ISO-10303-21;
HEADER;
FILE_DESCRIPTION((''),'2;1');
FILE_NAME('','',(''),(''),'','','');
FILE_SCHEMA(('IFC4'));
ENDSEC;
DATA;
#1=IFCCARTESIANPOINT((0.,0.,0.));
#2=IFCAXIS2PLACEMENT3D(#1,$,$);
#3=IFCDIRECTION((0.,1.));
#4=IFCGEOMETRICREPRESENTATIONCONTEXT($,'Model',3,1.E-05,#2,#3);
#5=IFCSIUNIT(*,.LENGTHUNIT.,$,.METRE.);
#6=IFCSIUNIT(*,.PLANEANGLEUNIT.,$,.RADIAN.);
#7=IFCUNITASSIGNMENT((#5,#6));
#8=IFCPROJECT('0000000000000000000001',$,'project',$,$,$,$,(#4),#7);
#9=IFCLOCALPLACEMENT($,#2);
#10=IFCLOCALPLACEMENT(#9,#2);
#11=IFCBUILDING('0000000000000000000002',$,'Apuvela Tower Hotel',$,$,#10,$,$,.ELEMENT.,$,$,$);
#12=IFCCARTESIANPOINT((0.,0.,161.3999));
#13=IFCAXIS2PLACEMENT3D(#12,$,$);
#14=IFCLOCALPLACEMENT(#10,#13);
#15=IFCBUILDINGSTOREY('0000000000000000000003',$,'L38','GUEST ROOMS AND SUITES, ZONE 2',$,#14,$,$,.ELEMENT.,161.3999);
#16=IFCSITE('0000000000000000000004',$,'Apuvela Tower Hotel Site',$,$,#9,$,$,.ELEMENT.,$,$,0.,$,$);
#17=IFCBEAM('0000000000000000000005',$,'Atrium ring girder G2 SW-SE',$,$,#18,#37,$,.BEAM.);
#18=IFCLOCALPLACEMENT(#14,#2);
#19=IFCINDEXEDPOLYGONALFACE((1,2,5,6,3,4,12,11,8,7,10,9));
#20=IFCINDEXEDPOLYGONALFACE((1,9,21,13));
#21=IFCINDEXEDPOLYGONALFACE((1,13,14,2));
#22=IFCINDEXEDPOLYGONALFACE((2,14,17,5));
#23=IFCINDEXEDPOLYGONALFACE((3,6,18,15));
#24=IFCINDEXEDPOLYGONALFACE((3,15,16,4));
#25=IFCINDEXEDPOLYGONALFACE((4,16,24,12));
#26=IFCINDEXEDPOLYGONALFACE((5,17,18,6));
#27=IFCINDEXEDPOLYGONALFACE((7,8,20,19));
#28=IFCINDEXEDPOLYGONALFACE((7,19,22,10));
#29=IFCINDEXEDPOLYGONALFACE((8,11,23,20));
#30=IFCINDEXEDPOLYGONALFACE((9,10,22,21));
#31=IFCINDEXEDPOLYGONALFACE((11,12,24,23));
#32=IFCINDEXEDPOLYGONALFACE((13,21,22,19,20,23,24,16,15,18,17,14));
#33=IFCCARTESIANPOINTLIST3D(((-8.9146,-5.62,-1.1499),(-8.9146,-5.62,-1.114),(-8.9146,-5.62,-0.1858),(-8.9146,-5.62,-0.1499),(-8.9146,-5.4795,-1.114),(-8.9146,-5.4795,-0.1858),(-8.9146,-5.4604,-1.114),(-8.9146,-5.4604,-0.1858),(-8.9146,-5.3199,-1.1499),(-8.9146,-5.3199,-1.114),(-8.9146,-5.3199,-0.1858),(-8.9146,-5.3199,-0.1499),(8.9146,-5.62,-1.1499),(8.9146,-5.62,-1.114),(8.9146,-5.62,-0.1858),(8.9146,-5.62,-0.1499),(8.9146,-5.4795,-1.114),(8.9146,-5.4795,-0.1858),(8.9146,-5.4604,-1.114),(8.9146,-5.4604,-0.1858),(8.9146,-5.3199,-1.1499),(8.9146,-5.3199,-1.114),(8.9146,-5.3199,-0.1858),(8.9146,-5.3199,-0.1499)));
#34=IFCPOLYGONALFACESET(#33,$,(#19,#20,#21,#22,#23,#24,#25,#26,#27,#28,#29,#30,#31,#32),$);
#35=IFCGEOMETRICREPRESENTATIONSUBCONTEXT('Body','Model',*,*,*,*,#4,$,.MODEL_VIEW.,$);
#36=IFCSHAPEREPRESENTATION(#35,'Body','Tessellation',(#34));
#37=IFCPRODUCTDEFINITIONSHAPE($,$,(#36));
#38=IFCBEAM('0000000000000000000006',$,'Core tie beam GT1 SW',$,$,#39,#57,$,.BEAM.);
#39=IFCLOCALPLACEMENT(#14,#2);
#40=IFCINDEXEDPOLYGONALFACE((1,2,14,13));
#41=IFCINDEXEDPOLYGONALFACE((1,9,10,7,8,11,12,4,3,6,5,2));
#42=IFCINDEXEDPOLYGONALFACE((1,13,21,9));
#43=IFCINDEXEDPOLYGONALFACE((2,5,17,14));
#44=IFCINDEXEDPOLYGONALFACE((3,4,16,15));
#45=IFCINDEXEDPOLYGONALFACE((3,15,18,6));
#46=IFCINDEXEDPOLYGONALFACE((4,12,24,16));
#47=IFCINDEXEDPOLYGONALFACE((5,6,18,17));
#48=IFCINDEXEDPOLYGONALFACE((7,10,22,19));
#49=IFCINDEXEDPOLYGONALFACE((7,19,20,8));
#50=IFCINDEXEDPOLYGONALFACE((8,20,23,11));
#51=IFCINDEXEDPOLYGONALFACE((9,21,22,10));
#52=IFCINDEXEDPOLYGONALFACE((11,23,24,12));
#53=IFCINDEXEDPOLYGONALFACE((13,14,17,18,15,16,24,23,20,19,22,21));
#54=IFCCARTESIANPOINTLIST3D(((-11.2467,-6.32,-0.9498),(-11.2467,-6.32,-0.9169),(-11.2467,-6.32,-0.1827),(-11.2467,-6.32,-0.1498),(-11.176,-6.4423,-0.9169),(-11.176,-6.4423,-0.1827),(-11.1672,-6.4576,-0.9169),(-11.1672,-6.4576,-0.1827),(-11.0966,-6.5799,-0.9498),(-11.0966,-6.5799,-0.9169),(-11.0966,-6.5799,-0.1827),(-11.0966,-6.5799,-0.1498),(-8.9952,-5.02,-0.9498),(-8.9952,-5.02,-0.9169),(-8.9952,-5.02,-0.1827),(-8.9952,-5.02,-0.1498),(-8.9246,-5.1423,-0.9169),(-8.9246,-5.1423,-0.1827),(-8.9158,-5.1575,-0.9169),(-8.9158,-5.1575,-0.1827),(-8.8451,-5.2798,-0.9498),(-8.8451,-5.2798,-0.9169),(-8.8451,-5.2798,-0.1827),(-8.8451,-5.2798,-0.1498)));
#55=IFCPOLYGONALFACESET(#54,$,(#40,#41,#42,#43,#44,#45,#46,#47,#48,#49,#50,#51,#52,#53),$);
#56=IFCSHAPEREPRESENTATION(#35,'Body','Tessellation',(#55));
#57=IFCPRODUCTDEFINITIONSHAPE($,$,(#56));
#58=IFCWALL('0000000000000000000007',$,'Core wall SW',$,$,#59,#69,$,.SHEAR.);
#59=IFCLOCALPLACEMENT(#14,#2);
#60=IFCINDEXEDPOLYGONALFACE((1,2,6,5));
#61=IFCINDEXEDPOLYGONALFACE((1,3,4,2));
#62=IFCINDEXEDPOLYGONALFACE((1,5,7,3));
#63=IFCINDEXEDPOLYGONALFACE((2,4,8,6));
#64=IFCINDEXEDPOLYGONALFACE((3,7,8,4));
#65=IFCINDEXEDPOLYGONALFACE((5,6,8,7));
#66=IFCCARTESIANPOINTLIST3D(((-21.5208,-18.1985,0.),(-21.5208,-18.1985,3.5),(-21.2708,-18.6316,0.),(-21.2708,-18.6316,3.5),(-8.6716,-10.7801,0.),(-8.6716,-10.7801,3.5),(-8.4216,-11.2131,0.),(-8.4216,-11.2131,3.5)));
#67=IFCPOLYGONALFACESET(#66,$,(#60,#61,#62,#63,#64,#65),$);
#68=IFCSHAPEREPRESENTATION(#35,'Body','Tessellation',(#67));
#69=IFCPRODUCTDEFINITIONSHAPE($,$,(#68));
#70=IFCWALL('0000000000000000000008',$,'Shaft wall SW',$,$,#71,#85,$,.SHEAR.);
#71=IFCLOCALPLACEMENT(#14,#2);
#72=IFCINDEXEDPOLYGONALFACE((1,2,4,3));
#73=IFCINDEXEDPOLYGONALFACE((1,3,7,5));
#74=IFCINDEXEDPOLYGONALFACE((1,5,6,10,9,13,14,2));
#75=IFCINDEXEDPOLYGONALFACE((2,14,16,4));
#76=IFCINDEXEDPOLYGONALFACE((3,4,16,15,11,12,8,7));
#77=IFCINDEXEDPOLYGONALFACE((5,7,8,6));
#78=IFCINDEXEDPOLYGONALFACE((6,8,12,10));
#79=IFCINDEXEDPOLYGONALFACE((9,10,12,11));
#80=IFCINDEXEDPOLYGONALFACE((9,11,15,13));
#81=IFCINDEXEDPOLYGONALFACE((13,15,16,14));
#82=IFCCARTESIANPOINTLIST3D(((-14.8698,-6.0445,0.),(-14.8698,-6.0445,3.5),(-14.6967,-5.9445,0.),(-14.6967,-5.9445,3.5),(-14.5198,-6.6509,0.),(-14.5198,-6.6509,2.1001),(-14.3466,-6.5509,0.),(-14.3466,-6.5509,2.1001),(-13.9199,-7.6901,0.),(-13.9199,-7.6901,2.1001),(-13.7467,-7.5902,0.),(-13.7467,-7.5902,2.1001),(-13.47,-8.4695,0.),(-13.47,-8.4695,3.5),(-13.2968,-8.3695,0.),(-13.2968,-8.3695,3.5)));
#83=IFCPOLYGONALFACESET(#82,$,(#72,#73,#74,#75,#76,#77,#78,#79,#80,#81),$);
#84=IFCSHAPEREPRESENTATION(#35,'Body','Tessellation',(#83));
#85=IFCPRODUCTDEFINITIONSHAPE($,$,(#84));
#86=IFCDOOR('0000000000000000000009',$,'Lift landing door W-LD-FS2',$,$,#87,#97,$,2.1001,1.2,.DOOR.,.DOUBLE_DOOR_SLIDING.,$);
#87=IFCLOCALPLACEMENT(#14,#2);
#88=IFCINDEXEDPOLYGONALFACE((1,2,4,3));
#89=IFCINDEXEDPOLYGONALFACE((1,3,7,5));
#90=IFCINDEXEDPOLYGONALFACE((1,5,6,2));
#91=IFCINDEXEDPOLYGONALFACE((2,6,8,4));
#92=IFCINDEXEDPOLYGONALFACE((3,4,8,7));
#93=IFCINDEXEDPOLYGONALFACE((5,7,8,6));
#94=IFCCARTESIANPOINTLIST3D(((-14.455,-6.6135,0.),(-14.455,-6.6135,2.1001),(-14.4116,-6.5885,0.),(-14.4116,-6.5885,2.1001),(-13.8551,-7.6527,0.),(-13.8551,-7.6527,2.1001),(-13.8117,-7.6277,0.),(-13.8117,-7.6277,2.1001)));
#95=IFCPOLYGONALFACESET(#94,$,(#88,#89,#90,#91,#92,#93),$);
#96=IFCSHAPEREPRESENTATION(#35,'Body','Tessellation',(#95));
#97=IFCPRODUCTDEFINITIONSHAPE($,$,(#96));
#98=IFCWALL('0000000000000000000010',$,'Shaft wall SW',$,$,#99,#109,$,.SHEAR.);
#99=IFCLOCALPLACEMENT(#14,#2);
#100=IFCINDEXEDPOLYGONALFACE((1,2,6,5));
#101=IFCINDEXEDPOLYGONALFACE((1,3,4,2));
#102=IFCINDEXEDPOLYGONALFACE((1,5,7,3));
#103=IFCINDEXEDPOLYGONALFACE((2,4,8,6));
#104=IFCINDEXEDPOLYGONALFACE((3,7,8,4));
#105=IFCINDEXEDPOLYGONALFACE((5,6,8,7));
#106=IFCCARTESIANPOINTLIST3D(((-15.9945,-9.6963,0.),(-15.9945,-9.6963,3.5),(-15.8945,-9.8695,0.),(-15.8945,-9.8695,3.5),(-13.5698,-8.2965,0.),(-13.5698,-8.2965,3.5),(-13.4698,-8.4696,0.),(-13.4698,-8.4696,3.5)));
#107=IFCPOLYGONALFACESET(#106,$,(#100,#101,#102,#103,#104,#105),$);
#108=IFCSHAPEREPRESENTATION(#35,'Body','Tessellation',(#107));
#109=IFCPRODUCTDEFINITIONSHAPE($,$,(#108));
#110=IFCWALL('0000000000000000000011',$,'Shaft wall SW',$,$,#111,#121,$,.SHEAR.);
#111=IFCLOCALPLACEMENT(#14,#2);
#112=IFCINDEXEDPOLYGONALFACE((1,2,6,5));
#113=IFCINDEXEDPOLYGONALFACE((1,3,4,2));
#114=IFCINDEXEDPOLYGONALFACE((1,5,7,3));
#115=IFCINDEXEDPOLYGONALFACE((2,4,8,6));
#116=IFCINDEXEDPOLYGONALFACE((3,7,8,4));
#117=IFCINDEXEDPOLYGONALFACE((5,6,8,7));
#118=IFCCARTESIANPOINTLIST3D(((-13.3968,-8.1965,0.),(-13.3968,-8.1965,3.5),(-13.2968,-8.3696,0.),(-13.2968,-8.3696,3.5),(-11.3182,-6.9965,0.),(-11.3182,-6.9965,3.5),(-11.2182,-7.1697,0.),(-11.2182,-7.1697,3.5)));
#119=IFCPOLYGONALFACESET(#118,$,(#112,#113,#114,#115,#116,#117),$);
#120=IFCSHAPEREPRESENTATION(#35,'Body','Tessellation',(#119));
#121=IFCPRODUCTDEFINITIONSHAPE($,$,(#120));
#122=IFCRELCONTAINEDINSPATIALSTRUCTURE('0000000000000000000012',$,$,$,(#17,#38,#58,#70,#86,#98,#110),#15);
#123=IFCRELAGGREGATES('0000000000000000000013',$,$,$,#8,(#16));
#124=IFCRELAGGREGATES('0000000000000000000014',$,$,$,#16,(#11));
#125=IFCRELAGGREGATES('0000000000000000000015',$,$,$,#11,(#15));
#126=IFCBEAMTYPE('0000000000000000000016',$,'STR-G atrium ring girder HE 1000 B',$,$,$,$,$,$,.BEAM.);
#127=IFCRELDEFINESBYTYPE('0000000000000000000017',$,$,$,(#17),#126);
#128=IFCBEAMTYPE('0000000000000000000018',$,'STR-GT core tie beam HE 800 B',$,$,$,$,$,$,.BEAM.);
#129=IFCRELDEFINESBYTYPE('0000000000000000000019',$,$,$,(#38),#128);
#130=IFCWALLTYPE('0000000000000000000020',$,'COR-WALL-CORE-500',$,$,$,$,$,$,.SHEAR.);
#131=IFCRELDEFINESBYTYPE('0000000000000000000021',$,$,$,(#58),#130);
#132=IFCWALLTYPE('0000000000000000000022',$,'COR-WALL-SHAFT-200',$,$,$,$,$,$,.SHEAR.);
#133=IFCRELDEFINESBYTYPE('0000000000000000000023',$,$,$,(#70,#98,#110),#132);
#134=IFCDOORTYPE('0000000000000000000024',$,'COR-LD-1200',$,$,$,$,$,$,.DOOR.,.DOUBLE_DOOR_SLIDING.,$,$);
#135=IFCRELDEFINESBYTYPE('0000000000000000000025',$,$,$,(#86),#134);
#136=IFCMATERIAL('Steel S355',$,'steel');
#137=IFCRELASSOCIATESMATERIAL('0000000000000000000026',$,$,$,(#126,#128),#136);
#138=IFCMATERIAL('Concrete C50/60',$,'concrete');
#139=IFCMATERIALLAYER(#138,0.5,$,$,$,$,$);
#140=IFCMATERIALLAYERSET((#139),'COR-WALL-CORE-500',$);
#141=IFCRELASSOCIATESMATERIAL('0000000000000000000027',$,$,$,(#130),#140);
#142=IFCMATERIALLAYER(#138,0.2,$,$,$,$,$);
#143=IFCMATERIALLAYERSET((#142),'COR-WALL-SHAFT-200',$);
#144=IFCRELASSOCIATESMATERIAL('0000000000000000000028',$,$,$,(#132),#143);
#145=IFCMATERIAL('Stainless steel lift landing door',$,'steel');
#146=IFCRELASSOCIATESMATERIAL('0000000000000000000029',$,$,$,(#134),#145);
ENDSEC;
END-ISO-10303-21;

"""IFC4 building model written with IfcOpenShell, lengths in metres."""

from ifc_helpers import new_model, si_unit, direction, frame, frame_2d, origin, origin_2d, place, context, subcontext, project, spatial, rectangle, i_section, extrude, material, layer, layer_set, material_profile, profile_set, type_object, element, fill, save


model = new_model("IFC4")

# Units and contexts
model_context = context("Model", 3, precision=1e-05, world=origin(), true_north=direction((0.0, 1.0)))
body_context = subcontext(model_context, "Body", "Model", "MODEL_VIEW")
ifc_project = project(units=[si_unit("LENGTHUNIT", "METRE"), si_unit("PLANEANGLEUNIT", "RADIAN")], contexts=[model_context])

# Site, building, storey
site_placement = place(None, origin())
site = spatial("IfcSite", under=ifc_project, at=site_placement, Name="Apuvela Tower Hotel Site", CompositionType="ELEMENT", RefElevation=0.0)
building_placement = place(site_placement, origin())
building = spatial("IfcBuilding", under=site, at=building_placement, Name="Apuvela Tower Hotel", CompositionType="ELEMENT")
storey_placement = place(building_placement, frame((0.0, 0.0, 161.3999)))
storey = spatial("IfcBuildingStorey", under=building, at=storey_placement, Name="L38", Description="GUEST ROOMS AND SUITES, ZONE 2", CompositionType="ELEMENT", Elevation=161.3999)

# Beams
ifc_material_1 = material(Name="Steel S355", Category="steel")
ifc_material_profile_1 = material_profile(ifc_material_1, i_section(OverallWidth=0.3, OverallDepth=1.0, WebThickness=0.019, FlangeThickness=0.0359, at=origin_2d()), Name="HE 1000 B")
ifc_profile_set_1 = profile_set([ifc_material_profile_1], Name="Steel S355")
beam_type_1 = type_object("IfcBeamType", Name="STR-G atrium ring girder HE 1000 B", PredefinedType="BEAM", material=ifc_profile_set_1)
beam_1_placement = place(storey_placement, frame((-8.9146, -5.47, -0.6499), z_axis=(1.0, 0.0, 0.0), x_axis=(0.0, 1.0, 0.0)))
element("IfcBeam", 1, at=beam_1_placement, inside=storey, type_object=beam_type_1, Name="Atrium ring girder G2 SW-SE", PredefinedType="BEAM", context=body_context, shape_type="SweptSolid", body=[
    extrude(i_section(OverallWidth=0.3, OverallDepth=1.0, WebThickness=0.019, FlangeThickness=0.0359, at=origin_2d()), origin(), (0.0, 0.0, 1.0), 17.8291),
])
ifc_material_profile_2 = material_profile(ifc_material_1, i_section(OverallWidth=0.3, OverallDepth=0.8, WebThickness=0.0176, FlangeThickness=0.033, at=origin_2d()), Name="HE 800 B")
ifc_profile_set_2 = profile_set([ifc_material_profile_2], Name="Steel S355")
beam_type_2 = type_object("IfcBeamType", Name="STR-GT core tie beam HE 800 B", PredefinedType="BEAM", material=ifc_profile_set_2)
beam_2_placement = place(storey_placement, frame((-11.1716, -6.45, -0.5498), z_axis=(0.865998, 0.500048, 0.0), x_axis=(-0.500048, 0.865998, 0.0)))
element("IfcBeam", 2, at=beam_2_placement, inside=storey, type_object=beam_type_2, Name="Core tie beam GT1 SW", PredefinedType="BEAM", context=body_context, shape_type="SweptSolid", body=[
    extrude(i_section(OverallWidth=0.3, OverallDepth=0.8, WebThickness=0.0176, FlangeThickness=0.033, at=origin_2d()), origin(), (0.0, 0.0, 1.0), 2.5999),
])

# Wall
ifc_material_2 = material(Name="Concrete C50/60", Category="concrete")
ifc_layer_1 = layer(ifc_material_2, 0.5)
ifc_layer_set_1 = layer_set([ifc_layer_1], Name="COR-WALL-CORE-500")
wall_type_1 = type_object("IfcWallType", Name="COR-WALL-CORE-500", PredefinedType="SHEAR", material=ifc_layer_set_1)
wall_1_placement = place(storey_placement, frame((-8.5466, -10.9966, 0.0), z_axis=(0.0, 0.0, 1.0), x_axis=(-0.866025, -0.500001, 0.0)))
element("IfcWall", 3, at=wall_1_placement, inside=storey, type_object=wall_type_1, Name="Core wall SW", PredefinedType="SHEAR", context=body_context, shape_type="SweptSolid", body=[
    extrude(rectangle(XDim=14.8369, YDim=0.5, at=frame_2d((7.4185, 0.0))), origin(), (0.0, 0.0, 1.0), 3.5),
])

# Wall, opening, door
ifc_layer_2 = layer(ifc_material_2, 0.2)
ifc_layer_set_2 = layer_set([ifc_layer_2], Name="COR-WALL-SHAFT-200")
wall_type_2 = type_object("IfcWallType", Name="COR-WALL-SHAFT-200", PredefinedType="SHEAR", material=ifc_layer_set_2)
wall_2_placement = place(storey_placement, frame((-14.7832, -5.9946, 0.0), z_axis=(0.0, 0.0, 1.0), x_axis=(0.499946, -0.866056, 0.0)))
wall_2 = element("IfcWall", 4, at=wall_2_placement, inside=storey, type_object=wall_type_2, Name="Shaft wall SW", PredefinedType="SHEAR", context=body_context, shape_type="SweptSolid", body=[
    extrude(rectangle(XDim=2.8, YDim=0.2, at=frame_2d((1.3999, 0.0))), origin(), (0.0, 0.0, 1.0), 3.5),
])
opening_1_placement = place(wall_2_placement, frame((0.7, 0.0, 0.0)))
opening_1 = element("IfcOpeningElement", 5, at=opening_1_placement, cuts=wall_2, PredefinedType="OPENING", context=body_context, shape_type="SweptSolid", body=[
    extrude(rectangle(XDim=1.2, YDim=2.1001, at=frame_2d((0.6001, 1.05))), frame((0.0, 0.1099, 0.0), z_axis=(0.0, -1.0, 0.0), x_axis=(1.0, 0.0, 0.0)), (0.0, 0.0, 1.0), 0.22),
])
ifc_material_3 = material(Name="Stainless steel lift landing door", Category="steel")
door_type_1 = type_object("IfcDoorType", Name="COR-LD-1200", OperationType="DOUBLE_DOOR_SLIDING", PredefinedType="DOOR", material=ifc_material_3)
door_1_placement = place(opening_1_placement, origin())
door_1 = element("IfcDoor", 6, at=door_1_placement, inside=storey, type_object=door_type_1, Name="Lift landing door W-LD-FS2", OperationType="DOUBLE_DOOR_SLIDING", OverallHeight=2.1001, OverallWidth=1.2, PredefinedType="DOOR", context=body_context, shape_type="SweptSolid", body=[
    extrude(rectangle(XDim=1.2, YDim=2.1001, at=frame_2d((0.6001, 1.05))), frame((0.0, 0.0249, 0.0), z_axis=(0.0, -1.0, 0.0), x_axis=(1.0, 0.0, 0.0)), (0.0, 0.0, 1.0), 0.05),
])
fill(opening_1, door_1)

# Walls
wall_3_placement = place(storey_placement, frame((-13.5198, -8.3831, 0.0), z_axis=(0.0, 0.0, 1.0), x_axis=(-0.866035, -0.499984, 0.0)))
element("IfcWall", 7, at=wall_3_placement, inside=storey, type_object=wall_type_2, Name="Shaft wall SW", PredefinedType="SHEAR", context=body_context, shape_type="SweptSolid", body=[
    extrude(rectangle(XDim=2.7998, YDim=0.2, at=frame_2d((1.3999, 0.0))), origin(), (0.0, 0.0, 1.0), 3.5),
])
wall_4_placement = place(storey_placement, frame((-11.2681, -7.083, 0.0), z_axis=(0.0, 0.0, 1.0), x_axis=(-0.86605, -0.499957, 0.0)))
element("IfcWall", 8, at=wall_4_placement, inside=storey, type_object=wall_type_2, Name="Shaft wall SW", PredefinedType="SHEAR", context=body_context, shape_type="SweptSolid", body=[
    extrude(rectangle(XDim=2.4001, YDim=0.2, at=frame_2d((1.2002, 0.0))), origin(), (0.0, 0.0, 1.0), 3.5),
])

save(model, "model.ifc")
